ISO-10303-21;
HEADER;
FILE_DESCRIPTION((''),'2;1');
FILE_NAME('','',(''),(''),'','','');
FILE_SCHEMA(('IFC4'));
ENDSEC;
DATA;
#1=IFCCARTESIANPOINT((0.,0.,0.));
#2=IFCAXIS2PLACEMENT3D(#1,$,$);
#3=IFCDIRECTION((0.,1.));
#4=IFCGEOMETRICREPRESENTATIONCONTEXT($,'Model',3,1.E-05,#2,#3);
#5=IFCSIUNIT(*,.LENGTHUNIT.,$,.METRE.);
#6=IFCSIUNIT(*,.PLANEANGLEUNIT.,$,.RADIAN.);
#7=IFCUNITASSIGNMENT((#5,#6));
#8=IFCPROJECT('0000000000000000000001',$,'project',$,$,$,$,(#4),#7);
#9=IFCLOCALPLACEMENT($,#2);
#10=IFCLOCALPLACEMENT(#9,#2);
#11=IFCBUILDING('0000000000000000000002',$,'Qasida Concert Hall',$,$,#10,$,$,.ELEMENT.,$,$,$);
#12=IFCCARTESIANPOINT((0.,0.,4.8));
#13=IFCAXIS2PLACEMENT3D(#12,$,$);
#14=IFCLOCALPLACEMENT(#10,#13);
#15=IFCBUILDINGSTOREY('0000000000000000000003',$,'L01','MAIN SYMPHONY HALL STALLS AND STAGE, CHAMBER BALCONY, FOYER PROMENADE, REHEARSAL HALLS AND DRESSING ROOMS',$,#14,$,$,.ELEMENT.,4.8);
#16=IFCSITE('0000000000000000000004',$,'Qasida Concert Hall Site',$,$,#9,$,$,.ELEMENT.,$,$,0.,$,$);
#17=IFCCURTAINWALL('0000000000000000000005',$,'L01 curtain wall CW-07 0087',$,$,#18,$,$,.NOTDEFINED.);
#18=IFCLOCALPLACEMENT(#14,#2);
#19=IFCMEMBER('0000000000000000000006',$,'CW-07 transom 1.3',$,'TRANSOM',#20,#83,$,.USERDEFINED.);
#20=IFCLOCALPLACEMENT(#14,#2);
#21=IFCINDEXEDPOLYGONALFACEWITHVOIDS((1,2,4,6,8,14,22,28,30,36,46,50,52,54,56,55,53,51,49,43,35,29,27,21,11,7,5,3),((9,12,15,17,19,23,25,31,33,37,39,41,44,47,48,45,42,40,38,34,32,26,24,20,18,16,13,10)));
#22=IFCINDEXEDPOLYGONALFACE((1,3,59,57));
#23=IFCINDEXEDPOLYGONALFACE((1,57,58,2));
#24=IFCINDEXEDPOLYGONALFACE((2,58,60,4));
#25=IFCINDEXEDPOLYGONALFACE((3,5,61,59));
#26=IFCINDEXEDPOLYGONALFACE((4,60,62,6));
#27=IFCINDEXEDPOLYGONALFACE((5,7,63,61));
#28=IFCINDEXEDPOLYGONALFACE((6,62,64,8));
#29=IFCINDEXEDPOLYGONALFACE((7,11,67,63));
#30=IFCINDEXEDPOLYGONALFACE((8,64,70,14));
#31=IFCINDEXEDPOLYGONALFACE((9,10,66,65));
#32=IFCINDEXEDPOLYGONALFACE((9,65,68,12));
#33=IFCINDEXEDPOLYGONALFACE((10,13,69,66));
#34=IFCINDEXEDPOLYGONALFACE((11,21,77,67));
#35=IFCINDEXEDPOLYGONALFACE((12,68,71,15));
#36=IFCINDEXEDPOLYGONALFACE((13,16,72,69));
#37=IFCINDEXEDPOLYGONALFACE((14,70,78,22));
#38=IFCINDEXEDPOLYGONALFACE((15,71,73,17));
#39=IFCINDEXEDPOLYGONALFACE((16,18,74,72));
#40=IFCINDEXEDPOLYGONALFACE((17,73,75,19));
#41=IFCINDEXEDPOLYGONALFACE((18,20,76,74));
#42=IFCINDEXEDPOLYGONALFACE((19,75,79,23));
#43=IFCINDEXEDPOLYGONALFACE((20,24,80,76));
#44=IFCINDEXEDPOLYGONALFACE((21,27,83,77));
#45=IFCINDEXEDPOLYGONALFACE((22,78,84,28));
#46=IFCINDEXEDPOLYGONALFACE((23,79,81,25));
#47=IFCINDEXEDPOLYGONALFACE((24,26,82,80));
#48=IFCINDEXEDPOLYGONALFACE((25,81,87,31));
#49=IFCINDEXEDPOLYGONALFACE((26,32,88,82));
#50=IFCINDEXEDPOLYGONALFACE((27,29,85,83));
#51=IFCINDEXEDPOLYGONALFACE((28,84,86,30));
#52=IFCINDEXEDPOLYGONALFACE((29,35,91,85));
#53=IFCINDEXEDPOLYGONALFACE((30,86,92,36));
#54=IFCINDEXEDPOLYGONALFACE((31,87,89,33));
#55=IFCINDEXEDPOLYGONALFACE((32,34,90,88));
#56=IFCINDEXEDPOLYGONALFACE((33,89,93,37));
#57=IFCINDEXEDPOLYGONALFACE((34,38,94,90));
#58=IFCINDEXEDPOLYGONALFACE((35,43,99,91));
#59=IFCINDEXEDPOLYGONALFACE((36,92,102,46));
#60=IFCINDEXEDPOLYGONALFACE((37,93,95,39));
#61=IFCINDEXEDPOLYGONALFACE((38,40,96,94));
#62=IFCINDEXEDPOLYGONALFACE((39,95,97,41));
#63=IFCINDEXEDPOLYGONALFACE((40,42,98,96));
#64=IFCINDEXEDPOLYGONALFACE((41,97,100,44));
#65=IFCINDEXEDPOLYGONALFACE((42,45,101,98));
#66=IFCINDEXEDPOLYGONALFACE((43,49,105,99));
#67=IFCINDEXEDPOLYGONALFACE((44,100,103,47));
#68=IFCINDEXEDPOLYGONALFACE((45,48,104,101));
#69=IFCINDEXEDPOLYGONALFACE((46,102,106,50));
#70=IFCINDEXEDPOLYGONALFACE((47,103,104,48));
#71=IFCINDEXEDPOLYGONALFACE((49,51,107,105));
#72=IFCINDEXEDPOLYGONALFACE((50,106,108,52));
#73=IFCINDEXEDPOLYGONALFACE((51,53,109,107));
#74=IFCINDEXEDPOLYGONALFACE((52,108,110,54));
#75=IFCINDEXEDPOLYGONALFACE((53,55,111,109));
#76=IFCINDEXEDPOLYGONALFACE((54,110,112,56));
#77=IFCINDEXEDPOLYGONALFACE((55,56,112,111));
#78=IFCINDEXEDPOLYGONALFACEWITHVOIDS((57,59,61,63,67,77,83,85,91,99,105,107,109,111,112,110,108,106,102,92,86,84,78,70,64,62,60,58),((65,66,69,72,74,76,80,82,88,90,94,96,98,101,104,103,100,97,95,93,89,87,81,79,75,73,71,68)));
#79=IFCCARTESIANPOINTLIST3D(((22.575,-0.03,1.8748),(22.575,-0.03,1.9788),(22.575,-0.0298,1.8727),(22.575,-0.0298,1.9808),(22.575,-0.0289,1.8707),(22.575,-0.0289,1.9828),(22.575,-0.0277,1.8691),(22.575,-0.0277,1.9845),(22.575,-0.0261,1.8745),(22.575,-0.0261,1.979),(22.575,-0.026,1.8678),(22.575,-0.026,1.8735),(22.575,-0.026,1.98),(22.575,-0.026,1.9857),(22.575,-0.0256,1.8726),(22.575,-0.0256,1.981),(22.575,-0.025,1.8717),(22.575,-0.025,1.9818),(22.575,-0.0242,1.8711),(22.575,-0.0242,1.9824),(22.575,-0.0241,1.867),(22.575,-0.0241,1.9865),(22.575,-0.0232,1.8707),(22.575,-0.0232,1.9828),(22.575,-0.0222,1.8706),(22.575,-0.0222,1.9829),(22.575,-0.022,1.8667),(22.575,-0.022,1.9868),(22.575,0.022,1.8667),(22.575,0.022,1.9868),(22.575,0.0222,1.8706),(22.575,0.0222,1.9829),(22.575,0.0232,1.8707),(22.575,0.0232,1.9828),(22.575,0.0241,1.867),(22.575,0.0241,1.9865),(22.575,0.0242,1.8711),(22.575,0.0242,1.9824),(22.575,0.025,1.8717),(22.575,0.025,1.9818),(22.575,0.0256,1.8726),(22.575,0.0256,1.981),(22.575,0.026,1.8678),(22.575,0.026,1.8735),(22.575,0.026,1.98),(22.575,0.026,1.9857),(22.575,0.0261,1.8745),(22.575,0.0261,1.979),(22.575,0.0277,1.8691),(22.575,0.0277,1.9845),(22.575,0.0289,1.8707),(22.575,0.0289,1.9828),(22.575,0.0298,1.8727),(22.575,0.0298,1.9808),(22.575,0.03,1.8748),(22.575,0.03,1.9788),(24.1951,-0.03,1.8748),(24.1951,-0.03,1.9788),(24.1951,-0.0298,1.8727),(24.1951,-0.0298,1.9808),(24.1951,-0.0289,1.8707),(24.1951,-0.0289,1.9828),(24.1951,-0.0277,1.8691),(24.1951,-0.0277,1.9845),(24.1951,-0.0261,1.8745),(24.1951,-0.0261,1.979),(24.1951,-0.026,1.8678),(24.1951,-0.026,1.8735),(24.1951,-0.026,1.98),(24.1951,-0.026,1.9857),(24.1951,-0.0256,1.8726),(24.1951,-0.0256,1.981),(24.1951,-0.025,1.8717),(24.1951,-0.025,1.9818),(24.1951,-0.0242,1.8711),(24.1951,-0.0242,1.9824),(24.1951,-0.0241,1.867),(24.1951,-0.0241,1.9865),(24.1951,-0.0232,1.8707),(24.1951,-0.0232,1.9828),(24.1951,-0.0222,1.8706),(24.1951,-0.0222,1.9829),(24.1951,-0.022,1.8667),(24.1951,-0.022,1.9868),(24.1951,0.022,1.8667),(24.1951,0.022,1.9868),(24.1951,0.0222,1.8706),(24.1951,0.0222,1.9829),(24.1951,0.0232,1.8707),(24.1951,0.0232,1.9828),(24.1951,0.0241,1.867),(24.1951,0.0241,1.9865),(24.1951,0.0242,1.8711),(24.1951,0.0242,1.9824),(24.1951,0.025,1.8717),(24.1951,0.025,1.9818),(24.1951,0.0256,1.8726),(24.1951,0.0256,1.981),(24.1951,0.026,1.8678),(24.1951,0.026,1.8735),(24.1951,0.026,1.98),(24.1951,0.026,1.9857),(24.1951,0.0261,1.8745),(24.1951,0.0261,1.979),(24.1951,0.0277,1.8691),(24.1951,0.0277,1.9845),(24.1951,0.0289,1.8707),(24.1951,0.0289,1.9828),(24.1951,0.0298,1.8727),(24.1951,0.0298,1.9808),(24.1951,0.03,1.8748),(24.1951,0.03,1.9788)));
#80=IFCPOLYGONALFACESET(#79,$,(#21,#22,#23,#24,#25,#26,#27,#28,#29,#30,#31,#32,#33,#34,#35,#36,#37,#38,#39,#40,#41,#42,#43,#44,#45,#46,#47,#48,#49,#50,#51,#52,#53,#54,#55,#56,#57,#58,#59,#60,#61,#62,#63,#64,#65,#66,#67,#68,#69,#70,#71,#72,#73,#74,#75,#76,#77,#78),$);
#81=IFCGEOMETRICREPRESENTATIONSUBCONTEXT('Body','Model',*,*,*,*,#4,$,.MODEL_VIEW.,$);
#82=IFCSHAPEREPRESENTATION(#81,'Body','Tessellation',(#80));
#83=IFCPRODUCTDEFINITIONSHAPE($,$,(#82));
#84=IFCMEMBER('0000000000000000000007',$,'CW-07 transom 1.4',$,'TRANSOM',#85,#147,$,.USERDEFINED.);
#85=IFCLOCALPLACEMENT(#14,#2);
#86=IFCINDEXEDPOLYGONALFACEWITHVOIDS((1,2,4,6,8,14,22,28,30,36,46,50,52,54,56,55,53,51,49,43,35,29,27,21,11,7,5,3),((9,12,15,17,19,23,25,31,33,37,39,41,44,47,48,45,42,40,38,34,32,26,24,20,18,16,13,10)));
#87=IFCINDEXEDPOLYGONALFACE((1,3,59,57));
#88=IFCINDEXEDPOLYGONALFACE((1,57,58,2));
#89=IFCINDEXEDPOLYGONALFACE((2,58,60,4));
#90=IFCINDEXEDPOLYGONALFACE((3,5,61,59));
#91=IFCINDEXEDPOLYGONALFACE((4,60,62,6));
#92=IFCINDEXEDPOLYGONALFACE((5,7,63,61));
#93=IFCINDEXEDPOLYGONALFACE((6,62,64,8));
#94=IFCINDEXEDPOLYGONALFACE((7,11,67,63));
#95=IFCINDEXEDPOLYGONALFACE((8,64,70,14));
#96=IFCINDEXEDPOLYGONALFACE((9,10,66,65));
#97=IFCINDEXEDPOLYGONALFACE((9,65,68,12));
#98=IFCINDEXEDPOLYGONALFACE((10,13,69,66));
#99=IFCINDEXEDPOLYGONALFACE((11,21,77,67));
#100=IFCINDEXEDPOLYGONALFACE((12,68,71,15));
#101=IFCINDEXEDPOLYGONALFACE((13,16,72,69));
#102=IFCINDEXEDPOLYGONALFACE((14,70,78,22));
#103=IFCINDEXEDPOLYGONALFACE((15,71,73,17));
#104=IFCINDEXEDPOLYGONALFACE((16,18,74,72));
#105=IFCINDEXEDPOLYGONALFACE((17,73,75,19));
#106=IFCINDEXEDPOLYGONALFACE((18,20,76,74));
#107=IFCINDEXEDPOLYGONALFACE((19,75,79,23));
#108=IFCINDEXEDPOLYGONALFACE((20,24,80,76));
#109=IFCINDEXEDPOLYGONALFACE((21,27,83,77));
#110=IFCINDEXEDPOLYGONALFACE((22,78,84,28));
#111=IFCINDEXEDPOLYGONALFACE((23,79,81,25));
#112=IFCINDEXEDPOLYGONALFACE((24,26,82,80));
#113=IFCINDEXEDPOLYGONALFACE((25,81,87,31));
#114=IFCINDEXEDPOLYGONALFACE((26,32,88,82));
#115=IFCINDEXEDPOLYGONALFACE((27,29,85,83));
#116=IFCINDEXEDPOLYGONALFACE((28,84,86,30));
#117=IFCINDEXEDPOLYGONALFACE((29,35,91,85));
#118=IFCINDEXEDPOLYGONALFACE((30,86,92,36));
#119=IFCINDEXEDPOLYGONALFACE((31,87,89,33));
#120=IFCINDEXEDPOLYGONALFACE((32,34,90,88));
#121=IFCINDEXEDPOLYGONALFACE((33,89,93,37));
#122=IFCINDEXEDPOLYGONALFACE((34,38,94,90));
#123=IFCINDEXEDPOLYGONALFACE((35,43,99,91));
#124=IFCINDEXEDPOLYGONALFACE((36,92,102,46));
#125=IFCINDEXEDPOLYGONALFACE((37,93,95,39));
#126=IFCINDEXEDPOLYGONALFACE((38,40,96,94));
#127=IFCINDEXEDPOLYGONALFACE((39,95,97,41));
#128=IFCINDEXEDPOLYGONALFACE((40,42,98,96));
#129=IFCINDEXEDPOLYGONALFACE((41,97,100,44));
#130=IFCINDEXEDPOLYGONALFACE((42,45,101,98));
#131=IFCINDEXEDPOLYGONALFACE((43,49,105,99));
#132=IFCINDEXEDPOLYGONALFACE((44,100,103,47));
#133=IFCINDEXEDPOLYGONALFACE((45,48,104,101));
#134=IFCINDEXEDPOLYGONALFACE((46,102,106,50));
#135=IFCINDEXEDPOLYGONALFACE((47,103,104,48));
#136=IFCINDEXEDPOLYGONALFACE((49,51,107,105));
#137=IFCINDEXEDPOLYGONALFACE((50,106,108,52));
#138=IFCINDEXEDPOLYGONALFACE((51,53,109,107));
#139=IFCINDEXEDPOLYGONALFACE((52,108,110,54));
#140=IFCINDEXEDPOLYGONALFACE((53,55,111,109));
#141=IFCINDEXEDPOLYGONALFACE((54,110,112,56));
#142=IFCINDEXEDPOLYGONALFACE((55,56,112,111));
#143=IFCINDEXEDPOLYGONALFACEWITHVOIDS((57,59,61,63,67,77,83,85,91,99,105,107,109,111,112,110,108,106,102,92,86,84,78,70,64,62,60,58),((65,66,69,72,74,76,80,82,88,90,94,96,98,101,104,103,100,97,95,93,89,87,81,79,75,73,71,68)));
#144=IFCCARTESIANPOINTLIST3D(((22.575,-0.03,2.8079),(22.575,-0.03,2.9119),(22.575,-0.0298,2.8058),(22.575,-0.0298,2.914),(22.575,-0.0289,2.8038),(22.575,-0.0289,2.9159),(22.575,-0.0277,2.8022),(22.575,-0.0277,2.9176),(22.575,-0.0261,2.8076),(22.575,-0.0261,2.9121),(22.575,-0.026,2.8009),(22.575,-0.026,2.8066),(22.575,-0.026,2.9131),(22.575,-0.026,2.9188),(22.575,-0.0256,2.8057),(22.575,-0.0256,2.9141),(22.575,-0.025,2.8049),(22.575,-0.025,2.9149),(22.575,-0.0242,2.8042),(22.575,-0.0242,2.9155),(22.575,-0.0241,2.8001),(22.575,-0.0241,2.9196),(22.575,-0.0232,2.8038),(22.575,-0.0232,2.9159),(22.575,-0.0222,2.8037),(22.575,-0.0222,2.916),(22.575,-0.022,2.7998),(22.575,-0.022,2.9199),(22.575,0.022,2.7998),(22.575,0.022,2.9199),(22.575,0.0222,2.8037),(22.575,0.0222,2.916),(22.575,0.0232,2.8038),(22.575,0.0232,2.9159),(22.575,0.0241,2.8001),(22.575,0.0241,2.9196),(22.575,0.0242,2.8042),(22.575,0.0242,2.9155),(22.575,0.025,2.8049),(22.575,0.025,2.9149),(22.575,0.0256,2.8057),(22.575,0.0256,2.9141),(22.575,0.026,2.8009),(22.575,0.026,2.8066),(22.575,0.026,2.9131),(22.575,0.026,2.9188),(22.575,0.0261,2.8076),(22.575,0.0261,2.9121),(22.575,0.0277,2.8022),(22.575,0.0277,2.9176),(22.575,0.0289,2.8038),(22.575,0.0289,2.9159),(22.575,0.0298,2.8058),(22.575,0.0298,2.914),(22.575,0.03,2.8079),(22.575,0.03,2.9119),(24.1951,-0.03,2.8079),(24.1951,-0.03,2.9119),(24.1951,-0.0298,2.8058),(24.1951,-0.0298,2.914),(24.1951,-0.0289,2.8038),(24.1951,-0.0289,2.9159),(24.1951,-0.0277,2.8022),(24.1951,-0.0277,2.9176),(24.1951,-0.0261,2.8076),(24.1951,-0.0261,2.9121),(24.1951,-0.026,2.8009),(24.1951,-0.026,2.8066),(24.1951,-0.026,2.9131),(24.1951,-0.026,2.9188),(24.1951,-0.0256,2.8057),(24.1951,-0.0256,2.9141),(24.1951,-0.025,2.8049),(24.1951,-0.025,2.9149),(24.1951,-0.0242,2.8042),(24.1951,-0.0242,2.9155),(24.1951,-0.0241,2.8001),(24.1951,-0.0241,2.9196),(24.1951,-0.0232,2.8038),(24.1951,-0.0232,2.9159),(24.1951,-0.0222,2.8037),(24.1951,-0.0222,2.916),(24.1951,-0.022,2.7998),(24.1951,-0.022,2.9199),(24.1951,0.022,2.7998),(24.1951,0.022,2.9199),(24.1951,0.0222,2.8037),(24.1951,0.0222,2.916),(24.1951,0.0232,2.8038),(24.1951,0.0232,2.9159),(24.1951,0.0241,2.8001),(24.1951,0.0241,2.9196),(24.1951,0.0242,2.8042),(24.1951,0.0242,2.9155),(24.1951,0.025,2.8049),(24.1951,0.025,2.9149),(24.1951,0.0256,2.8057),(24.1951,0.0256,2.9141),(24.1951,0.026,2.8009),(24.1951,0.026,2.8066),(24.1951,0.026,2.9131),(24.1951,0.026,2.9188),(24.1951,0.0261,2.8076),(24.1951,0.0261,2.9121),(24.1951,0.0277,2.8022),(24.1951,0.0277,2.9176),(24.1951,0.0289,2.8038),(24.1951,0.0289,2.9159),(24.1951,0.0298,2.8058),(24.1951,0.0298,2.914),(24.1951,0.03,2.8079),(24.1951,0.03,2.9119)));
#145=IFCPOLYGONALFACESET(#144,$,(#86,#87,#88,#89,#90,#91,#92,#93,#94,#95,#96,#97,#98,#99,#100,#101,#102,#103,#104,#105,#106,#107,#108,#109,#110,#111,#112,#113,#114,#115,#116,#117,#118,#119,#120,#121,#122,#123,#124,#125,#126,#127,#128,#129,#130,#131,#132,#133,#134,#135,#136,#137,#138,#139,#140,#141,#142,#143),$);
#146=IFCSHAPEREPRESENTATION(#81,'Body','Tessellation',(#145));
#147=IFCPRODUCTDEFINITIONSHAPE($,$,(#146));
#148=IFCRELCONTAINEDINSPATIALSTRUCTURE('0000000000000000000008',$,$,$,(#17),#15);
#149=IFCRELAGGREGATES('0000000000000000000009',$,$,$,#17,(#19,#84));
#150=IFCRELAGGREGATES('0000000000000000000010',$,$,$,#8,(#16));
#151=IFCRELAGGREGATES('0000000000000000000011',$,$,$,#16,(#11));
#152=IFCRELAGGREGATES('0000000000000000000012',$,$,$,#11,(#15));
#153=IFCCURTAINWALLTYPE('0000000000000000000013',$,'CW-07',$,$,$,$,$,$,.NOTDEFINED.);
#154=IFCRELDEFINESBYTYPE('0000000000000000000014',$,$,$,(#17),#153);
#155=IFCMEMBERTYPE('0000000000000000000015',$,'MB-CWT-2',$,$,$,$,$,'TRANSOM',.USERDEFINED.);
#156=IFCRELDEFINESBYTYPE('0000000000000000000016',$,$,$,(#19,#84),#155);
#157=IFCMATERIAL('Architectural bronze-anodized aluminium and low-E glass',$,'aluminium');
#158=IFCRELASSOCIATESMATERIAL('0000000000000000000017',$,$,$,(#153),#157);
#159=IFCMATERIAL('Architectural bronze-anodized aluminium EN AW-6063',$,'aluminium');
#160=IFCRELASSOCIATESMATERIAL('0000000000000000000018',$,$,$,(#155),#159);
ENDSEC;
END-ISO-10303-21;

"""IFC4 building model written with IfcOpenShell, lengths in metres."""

from ifc_helpers import new_model, si_unit, direction, frame, origin, origin_2d, place, context, subcontext, project, spatial, hollow_rectangle, extrude, material, material_profile, profile_set, type_object, element, aggregate, save


model = new_model("IFC4")

# Units and contexts
model_context = context("Model", 3, precision=1e-05, world=origin(), true_north=direction((0.0, 1.0)))
body_context = subcontext(model_context, "Body", "Model", "MODEL_VIEW")
ifc_project = project(units=[si_unit("LENGTHUNIT", "METRE"), si_unit("PLANEANGLEUNIT", "RADIAN")], contexts=[model_context])

# Site, building, storey
site_placement = place(None, origin())
site = spatial("IfcSite", under=ifc_project, at=site_placement, Name="Qasida Concert Hall Site", CompositionType="ELEMENT", RefElevation=0.0)
building_placement = place(site_placement, origin())
building = spatial("IfcBuilding", under=site, at=building_placement, Name="Qasida Concert Hall", CompositionType="ELEMENT")
storey_placement = place(building_placement, frame((0.0, 0.0, 4.8)))
storey = spatial("IfcBuildingStorey", under=building, at=storey_placement, Name="L01", Description="MAIN SYMPHONY HALL STALLS AND STAGE, CHAMBER BALCONY, FOYER PROMENADE, REHEARSAL HALLS AND DRESSING ROOMS", CompositionType="ELEMENT", Elevation=4.8)

# Shared definitions
ifc_material_1 = material(Name="Architectural bronze-anodized aluminium and low-E glass", Category="aluminium")
curtain_wall_type = type_object("IfcCurtainWallType", Name="CW-07", PredefinedType="NOTDEFINED", material=ifc_material_1)
ifc_material_2 = material(Name="Architectural bronze-anodized aluminium EN AW-6063", Category="aluminium")

# Curtain wall, members
curtain_wall_1_placement = place(storey_placement, origin())
curtain_wall_1 = element("IfcCurtainWall", 1, at=curtain_wall_1_placement, inside=storey, type_object=curtain_wall_type, Name="L01 curtain wall CW-07 0087", PredefinedType="NOTDEFINED")
ifc_material_profile_1 = material_profile(ifc_material_2, hollow_rectangle(XDim=0.0601, YDim=0.1201, WallThickness=0.0039, InnerFilletRadius=0.0039, OuterFilletRadius=0.0081, at=origin_2d()), Name="CWT 120x60x4")
ifc_profile_set_1 = profile_set([ifc_material_profile_1], Name="Architectural bronze-anodized aluminium EN AW-6063")
member_type_1 = type_object("IfcMemberType", Name="MB-CWT-2", ElementType="TRANSOM", PredefinedType="USERDEFINED", material=ifc_profile_set_1)
member_1_placement = place(storey_placement, frame((22.575, 0.0, 1.9268), z_axis=(1.0, 0.0, 0.0), x_axis=(0.0, 1.0, 0.0)))
member_1 = element("IfcMember", 2, at=member_1_placement, type_object=member_type_1, Name="CW-07 transom 1.3", ObjectType="TRANSOM", PredefinedType="USERDEFINED", context=body_context, shape_type="SweptSolid", body=[
    extrude(hollow_rectangle(XDim=0.0601, YDim=0.1201, WallThickness=0.0039, InnerFilletRadius=0.0039, OuterFilletRadius=0.0081, at=origin_2d()), origin(), (0.0, 0.0, 1.0), 1.6201),
])
member_2_placement = place(storey_placement, frame((22.575, 0.0, 2.8599), z_axis=(1.0, 0.0, 0.0), x_axis=(0.0, 1.0, 0.0)))
member_2 = element("IfcMember", 3, at=member_2_placement, type_object=member_type_1, Name="CW-07 transom 1.4", ObjectType="TRANSOM", PredefinedType="USERDEFINED", context=body_context, shape_type="SweptSolid", body=[
    extrude(hollow_rectangle(XDim=0.0601, YDim=0.1201, WallThickness=0.0039, InnerFilletRadius=0.0039, OuterFilletRadius=0.0081, at=origin_2d()), origin(), (0.0, 0.0, 1.0), 1.6201),
])

aggregate(curtain_wall_1, [member_1, member_2])

save(model, "model.ifc")
